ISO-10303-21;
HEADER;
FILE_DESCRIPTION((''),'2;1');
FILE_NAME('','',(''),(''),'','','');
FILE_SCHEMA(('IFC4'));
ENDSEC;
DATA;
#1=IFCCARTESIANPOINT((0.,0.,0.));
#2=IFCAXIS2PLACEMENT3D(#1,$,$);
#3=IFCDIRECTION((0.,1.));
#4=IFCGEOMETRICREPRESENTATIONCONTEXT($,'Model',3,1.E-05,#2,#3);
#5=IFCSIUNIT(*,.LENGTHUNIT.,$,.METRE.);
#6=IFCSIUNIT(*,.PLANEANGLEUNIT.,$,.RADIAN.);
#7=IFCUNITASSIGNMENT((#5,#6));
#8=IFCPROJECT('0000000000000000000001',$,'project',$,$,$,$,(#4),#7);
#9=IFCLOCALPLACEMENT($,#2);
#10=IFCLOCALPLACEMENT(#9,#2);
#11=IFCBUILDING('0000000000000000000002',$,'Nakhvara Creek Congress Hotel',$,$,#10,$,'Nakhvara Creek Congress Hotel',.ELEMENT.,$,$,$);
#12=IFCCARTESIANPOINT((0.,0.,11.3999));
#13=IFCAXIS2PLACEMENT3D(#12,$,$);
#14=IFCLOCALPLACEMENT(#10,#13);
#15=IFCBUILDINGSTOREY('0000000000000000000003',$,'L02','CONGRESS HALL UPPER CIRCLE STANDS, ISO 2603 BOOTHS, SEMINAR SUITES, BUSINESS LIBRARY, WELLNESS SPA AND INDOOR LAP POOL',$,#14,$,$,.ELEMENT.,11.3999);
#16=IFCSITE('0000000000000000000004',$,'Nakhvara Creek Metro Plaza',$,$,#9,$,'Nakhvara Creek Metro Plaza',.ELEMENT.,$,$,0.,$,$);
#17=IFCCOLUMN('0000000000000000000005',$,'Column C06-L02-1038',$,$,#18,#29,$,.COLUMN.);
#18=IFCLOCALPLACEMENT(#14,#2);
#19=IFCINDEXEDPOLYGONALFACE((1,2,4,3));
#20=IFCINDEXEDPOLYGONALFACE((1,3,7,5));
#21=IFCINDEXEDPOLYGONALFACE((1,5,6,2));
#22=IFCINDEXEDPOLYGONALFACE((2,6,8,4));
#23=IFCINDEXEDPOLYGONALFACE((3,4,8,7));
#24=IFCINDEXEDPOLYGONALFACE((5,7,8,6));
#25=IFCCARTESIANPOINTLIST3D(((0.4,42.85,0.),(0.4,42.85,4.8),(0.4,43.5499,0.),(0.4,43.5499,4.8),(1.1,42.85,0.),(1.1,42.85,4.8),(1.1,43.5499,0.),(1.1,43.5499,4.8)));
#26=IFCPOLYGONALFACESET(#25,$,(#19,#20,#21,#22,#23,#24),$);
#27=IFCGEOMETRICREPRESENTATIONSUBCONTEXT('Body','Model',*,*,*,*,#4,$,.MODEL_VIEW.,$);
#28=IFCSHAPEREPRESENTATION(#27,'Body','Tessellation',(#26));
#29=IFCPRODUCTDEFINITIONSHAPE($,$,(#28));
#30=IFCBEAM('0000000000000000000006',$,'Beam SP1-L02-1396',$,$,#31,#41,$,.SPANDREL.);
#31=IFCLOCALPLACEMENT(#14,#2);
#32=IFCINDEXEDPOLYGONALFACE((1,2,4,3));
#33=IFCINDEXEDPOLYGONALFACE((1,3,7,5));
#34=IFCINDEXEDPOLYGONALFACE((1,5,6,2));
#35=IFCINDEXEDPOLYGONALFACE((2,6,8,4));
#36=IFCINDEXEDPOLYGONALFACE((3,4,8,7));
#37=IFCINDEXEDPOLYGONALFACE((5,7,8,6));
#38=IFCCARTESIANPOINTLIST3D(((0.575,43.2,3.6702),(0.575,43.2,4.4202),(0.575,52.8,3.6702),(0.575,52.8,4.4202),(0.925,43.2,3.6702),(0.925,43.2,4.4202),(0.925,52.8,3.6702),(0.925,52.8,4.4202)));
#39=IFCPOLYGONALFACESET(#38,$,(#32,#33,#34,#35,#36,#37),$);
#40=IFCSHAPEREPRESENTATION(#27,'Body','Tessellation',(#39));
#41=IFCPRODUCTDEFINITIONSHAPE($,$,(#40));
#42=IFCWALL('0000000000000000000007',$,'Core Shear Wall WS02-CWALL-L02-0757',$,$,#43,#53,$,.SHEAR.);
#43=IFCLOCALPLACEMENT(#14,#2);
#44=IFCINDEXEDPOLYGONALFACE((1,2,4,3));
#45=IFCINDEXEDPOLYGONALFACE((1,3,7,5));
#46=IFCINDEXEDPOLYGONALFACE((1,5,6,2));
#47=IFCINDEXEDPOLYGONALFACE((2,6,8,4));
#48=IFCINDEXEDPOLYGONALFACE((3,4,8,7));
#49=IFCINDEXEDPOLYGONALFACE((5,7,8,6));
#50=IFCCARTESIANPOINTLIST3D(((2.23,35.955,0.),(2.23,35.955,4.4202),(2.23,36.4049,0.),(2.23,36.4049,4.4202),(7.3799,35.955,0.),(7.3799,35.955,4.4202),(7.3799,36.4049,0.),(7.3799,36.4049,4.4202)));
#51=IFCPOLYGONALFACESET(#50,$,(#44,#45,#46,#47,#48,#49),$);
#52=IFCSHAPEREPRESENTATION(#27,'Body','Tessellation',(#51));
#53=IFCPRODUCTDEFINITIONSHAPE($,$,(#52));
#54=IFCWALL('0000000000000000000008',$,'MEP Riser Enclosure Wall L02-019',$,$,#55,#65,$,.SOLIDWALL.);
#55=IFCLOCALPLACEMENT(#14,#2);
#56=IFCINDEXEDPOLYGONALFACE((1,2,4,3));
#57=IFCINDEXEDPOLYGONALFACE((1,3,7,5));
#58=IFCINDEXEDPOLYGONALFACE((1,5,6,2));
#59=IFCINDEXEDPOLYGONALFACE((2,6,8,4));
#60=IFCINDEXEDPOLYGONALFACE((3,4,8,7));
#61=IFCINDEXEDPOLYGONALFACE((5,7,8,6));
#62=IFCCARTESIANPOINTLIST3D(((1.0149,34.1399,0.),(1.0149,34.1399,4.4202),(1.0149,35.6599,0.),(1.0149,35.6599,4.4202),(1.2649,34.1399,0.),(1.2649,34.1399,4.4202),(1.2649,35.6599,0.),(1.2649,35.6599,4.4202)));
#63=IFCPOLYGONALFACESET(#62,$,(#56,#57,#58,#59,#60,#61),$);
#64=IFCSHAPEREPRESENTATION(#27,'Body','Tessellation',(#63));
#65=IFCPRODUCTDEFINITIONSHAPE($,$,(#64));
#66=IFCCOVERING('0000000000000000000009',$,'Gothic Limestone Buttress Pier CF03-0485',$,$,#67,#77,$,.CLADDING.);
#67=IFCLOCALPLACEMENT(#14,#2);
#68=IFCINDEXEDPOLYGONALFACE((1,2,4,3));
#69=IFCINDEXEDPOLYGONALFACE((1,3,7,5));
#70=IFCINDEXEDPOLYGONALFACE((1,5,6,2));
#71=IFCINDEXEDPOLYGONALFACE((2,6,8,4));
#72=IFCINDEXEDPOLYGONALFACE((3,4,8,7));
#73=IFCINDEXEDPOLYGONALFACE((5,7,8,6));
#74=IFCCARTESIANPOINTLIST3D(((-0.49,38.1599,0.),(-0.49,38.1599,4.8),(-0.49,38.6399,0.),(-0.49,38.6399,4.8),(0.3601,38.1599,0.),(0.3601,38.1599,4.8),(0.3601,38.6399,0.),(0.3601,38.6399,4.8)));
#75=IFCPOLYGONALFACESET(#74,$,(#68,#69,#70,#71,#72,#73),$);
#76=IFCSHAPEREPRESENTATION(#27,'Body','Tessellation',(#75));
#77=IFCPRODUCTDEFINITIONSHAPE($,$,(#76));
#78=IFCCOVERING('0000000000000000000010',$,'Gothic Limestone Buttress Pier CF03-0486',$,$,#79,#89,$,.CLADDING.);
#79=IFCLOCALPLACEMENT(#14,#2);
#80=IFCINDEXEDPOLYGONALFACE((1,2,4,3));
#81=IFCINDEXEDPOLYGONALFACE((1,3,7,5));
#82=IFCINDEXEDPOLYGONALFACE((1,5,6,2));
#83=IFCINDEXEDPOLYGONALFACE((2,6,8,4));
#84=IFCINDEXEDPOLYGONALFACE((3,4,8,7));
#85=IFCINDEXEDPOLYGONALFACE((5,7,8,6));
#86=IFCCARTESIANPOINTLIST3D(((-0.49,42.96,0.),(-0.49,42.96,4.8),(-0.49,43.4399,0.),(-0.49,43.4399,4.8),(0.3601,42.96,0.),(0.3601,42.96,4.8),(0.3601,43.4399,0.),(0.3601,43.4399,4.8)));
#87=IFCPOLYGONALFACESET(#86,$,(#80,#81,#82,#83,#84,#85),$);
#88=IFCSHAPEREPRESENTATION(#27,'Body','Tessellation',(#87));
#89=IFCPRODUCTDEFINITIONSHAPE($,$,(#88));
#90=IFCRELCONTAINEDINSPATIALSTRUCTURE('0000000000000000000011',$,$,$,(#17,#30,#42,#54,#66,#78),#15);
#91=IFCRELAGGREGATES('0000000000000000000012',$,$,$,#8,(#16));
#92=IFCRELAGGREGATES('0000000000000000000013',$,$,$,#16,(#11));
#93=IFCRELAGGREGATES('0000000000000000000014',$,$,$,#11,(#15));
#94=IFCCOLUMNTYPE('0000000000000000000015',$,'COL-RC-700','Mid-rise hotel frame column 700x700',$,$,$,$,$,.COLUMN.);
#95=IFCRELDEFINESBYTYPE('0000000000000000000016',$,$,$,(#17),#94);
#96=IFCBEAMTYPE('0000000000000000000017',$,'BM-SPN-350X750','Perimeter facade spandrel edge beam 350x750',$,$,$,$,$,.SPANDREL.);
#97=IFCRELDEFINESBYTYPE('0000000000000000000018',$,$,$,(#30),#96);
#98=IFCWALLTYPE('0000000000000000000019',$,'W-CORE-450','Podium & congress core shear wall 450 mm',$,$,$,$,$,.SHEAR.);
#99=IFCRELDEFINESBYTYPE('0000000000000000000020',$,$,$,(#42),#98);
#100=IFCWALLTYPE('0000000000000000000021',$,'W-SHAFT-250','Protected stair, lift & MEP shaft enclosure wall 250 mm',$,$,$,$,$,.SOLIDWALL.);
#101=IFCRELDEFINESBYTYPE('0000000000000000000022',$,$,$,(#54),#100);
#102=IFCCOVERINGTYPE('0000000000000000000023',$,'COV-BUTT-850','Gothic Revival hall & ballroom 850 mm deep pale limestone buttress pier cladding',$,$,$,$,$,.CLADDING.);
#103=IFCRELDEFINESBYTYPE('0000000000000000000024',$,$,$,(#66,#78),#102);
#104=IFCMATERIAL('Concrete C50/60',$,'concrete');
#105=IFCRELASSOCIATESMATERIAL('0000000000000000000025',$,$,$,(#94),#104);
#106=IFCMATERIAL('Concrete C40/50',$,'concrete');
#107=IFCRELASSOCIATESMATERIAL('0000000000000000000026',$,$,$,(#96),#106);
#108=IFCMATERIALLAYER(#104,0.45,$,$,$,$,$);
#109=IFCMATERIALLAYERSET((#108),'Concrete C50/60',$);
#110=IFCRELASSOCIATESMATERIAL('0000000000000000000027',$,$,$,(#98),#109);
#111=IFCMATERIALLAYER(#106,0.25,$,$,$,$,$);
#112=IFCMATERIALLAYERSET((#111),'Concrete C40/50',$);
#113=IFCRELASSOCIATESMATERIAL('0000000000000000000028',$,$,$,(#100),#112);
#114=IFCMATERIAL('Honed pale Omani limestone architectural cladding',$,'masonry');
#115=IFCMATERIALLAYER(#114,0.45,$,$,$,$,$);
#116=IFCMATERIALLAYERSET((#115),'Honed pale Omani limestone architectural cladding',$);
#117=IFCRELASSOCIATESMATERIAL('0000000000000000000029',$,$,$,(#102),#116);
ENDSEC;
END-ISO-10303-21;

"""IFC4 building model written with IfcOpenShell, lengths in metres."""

from ifc_helpers import new_model, si_unit, direction, frame, frame_2d, origin, origin_2d, place, context, subcontext, project, spatial, rectangle, extrude, material, layer, layer_set, material_profile, profile_set, type_object, element, save


model = new_model("IFC4")

# Units and contexts
model_context = context("Model", 3, precision=1e-05, world=origin(), true_north=direction((0.0, 1.0)))
body_context = subcontext(model_context, "Body", "Model", "MODEL_VIEW")
ifc_project = project(units=[si_unit("LENGTHUNIT", "METRE"), si_unit("PLANEANGLEUNIT", "RADIAN")], contexts=[model_context])

# Site, building, storey
site_placement = place(None, origin())
site = spatial("IfcSite", under=ifc_project, at=site_placement, Name="Nakhvara Creek Metro Plaza", LongName="Nakhvara Creek Metro Plaza", CompositionType="ELEMENT", RefElevation=0.0)
building_placement = place(site_placement, origin())
building = spatial("IfcBuilding", under=site, at=building_placement, Name="Nakhvara Creek Congress Hotel", LongName="Nakhvara Creek Congress Hotel", CompositionType="ELEMENT")
storey_placement = place(building_placement, frame((0.0, 0.0, 11.3999)))
storey = spatial("IfcBuildingStorey", under=building, at=storey_placement, Name="L02", Description="CONGRESS HALL UPPER CIRCLE STANDS, ISO 2603 BOOTHS, SEMINAR SUITES, BUSINESS LIBRARY, WELLNESS SPA AND INDOOR LAP POOL", CompositionType="ELEMENT", Elevation=11.3999)

# Column
ifc_material_1 = material(Name="Concrete C50/60", Category="concrete")
ifc_material_profile_1 = material_profile(ifc_material_1, rectangle(XDim=0.7, YDim=0.7, at=origin_2d()), Name="RC-COL 700x700", Category="LoadBearing")
ifc_profile_set_1 = profile_set([ifc_material_profile_1], Name="Concrete C50/60")
column_type = type_object("IfcColumnType", Name="COL-RC-700", Description="Mid-rise hotel frame column 700x700", PredefinedType="COLUMN", material=ifc_profile_set_1)
column_placement = place(storey_placement, frame((0.75, 43.2, 0.0), z_axis=(0.0, 0.0, 1.0), x_axis=(1.0, 0.0, 0.0)))
element("IfcColumn", 1, at=column_placement, inside=storey, type_object=column_type, Name="Column C06-L02-1038", PredefinedType="COLUMN", context=body_context, shape_type="SweptSolid", body=[
    extrude(rectangle(XDim=0.7, YDim=0.7, at=origin_2d()), origin(), (0.0, 0.0, 1.0), 4.8),
])

# Beam
ifc_material_2 = material(Name="Concrete C40/50", Category="concrete")
ifc_material_profile_2 = material_profile(ifc_material_2, rectangle(XDim=0.3501, YDim=0.75, at=origin_2d()), Name="RC-SPANDREL 350x750", Category="LoadBearing")
ifc_profile_set_2 = profile_set([ifc_material_profile_2], Name="Concrete C40/50")
beam_type = type_object("IfcBeamType", Name="BM-SPN-350X750", Description="Perimeter facade spandrel edge beam 350x750", PredefinedType="SPANDREL", material=ifc_profile_set_2)
beam_placement = place(storey_placement, frame((0.75, 43.2, 4.0452), z_axis=(0.0, 1.0, 0.0), x_axis=(-1.0, 0.0, 0.0)))
element("IfcBeam", 2, at=beam_placement, inside=storey, type_object=beam_type, Name="Beam SP1-L02-1396", PredefinedType="SPANDREL", context=body_context, shape_type="SweptSolid", body=[
    extrude(rectangle(XDim=0.3501, YDim=0.75, at=origin_2d()), origin(), (0.0, 0.0, 1.0), 9.6001),
])

# Walls
ifc_layer_1 = layer(ifc_material_1, 0.45)
ifc_layer_set_1 = layer_set([ifc_layer_1], Name="Concrete C50/60")
wall_type_1 = type_object("IfcWallType", Name="W-CORE-450", Description="Podium & congress core shear wall 450 mm", PredefinedType="SHEAR", material=ifc_layer_set_1)
wall_1_placement = place(storey_placement, frame((2.23, 36.1799, 0.0), z_axis=(0.0, 0.0, 1.0), x_axis=(1.0, 0.0, 0.0)))
element("IfcWall", 3, at=wall_1_placement, inside=storey, type_object=wall_type_1, Name="Core Shear Wall WS02-CWALL-L02-0757", PredefinedType="SHEAR", context=body_context, shape_type="SweptSolid", body=[
    extrude(rectangle(XDim=5.1499, YDim=0.45, at=frame_2d((2.575, 0.0))), origin(), (0.0, 0.0, 1.0), 4.4202),
])
ifc_layer_2 = layer(ifc_material_2, 0.25)
ifc_layer_set_2 = layer_set([ifc_layer_2], Name="Concrete C40/50")
wall_type_2 = type_object("IfcWallType", Name="W-SHAFT-250", Description="Protected stair, lift & MEP shaft enclosure wall 250 mm", PredefinedType="SOLIDWALL", material=ifc_layer_set_2)
wall_2_placement = place(storey_placement, frame((1.1399, 35.6599, 0.0), z_axis=(0.0, 0.0, 1.0), x_axis=(0.0, -1.0, 0.0)))
element("IfcWall", 4, at=wall_2_placement, inside=storey, type_object=wall_type_2, Name="MEP Riser Enclosure Wall L02-019", PredefinedType="SOLIDWALL", context=body_context, shape_type="SweptSolid", body=[
    extrude(rectangle(XDim=1.52, YDim=0.25, at=frame_2d((0.76, 0.0))), origin(), (0.0, 0.0, 1.0), 4.4202),
])

# Coverings
ifc_material_3 = material(Name="Honed pale Omani limestone architectural cladding", Category="masonry")
ifc_layer_3 = layer(ifc_material_3, 0.45)
ifc_layer_set_3 = layer_set([ifc_layer_3], Name="Honed pale Omani limestone architectural cladding")
covering_type = type_object("IfcCoveringType", Name="COV-BUTT-850", Description="Gothic Revival hall & ballroom 850 mm deep pale limestone buttress pier cladding", PredefinedType="CLADDING", material=ifc_layer_set_3)
for number, where, z_axis, x_axis, name in (
    (5, (-0.0649, 38.3999, 0.0), (0.0, 0.0, 1.0), (0.0, 1.0, 0.0), "Gothic Limestone Buttress Pier CF03-0485"),
    (6, (-0.0649, 43.2, 0.0), (0.0, 0.0, 1.0), (0.0, 1.0, 0.0), "Gothic Limestone Buttress Pier CF03-0486"),
):
    element("IfcCovering", number, at=place(storey_placement, frame(where, z_axis=z_axis, x_axis=x_axis)), inside=storey, type_object=covering_type, Name=name, PredefinedType="CLADDING", context=body_context, shape_type="SweptSolid", body=[
        extrude(rectangle(XDim=0.48, YDim=0.8501, at=origin_2d()), origin(), (0.0, 0.0, 1.0), 4.8),
    ])

save(model, "model.ifc")
